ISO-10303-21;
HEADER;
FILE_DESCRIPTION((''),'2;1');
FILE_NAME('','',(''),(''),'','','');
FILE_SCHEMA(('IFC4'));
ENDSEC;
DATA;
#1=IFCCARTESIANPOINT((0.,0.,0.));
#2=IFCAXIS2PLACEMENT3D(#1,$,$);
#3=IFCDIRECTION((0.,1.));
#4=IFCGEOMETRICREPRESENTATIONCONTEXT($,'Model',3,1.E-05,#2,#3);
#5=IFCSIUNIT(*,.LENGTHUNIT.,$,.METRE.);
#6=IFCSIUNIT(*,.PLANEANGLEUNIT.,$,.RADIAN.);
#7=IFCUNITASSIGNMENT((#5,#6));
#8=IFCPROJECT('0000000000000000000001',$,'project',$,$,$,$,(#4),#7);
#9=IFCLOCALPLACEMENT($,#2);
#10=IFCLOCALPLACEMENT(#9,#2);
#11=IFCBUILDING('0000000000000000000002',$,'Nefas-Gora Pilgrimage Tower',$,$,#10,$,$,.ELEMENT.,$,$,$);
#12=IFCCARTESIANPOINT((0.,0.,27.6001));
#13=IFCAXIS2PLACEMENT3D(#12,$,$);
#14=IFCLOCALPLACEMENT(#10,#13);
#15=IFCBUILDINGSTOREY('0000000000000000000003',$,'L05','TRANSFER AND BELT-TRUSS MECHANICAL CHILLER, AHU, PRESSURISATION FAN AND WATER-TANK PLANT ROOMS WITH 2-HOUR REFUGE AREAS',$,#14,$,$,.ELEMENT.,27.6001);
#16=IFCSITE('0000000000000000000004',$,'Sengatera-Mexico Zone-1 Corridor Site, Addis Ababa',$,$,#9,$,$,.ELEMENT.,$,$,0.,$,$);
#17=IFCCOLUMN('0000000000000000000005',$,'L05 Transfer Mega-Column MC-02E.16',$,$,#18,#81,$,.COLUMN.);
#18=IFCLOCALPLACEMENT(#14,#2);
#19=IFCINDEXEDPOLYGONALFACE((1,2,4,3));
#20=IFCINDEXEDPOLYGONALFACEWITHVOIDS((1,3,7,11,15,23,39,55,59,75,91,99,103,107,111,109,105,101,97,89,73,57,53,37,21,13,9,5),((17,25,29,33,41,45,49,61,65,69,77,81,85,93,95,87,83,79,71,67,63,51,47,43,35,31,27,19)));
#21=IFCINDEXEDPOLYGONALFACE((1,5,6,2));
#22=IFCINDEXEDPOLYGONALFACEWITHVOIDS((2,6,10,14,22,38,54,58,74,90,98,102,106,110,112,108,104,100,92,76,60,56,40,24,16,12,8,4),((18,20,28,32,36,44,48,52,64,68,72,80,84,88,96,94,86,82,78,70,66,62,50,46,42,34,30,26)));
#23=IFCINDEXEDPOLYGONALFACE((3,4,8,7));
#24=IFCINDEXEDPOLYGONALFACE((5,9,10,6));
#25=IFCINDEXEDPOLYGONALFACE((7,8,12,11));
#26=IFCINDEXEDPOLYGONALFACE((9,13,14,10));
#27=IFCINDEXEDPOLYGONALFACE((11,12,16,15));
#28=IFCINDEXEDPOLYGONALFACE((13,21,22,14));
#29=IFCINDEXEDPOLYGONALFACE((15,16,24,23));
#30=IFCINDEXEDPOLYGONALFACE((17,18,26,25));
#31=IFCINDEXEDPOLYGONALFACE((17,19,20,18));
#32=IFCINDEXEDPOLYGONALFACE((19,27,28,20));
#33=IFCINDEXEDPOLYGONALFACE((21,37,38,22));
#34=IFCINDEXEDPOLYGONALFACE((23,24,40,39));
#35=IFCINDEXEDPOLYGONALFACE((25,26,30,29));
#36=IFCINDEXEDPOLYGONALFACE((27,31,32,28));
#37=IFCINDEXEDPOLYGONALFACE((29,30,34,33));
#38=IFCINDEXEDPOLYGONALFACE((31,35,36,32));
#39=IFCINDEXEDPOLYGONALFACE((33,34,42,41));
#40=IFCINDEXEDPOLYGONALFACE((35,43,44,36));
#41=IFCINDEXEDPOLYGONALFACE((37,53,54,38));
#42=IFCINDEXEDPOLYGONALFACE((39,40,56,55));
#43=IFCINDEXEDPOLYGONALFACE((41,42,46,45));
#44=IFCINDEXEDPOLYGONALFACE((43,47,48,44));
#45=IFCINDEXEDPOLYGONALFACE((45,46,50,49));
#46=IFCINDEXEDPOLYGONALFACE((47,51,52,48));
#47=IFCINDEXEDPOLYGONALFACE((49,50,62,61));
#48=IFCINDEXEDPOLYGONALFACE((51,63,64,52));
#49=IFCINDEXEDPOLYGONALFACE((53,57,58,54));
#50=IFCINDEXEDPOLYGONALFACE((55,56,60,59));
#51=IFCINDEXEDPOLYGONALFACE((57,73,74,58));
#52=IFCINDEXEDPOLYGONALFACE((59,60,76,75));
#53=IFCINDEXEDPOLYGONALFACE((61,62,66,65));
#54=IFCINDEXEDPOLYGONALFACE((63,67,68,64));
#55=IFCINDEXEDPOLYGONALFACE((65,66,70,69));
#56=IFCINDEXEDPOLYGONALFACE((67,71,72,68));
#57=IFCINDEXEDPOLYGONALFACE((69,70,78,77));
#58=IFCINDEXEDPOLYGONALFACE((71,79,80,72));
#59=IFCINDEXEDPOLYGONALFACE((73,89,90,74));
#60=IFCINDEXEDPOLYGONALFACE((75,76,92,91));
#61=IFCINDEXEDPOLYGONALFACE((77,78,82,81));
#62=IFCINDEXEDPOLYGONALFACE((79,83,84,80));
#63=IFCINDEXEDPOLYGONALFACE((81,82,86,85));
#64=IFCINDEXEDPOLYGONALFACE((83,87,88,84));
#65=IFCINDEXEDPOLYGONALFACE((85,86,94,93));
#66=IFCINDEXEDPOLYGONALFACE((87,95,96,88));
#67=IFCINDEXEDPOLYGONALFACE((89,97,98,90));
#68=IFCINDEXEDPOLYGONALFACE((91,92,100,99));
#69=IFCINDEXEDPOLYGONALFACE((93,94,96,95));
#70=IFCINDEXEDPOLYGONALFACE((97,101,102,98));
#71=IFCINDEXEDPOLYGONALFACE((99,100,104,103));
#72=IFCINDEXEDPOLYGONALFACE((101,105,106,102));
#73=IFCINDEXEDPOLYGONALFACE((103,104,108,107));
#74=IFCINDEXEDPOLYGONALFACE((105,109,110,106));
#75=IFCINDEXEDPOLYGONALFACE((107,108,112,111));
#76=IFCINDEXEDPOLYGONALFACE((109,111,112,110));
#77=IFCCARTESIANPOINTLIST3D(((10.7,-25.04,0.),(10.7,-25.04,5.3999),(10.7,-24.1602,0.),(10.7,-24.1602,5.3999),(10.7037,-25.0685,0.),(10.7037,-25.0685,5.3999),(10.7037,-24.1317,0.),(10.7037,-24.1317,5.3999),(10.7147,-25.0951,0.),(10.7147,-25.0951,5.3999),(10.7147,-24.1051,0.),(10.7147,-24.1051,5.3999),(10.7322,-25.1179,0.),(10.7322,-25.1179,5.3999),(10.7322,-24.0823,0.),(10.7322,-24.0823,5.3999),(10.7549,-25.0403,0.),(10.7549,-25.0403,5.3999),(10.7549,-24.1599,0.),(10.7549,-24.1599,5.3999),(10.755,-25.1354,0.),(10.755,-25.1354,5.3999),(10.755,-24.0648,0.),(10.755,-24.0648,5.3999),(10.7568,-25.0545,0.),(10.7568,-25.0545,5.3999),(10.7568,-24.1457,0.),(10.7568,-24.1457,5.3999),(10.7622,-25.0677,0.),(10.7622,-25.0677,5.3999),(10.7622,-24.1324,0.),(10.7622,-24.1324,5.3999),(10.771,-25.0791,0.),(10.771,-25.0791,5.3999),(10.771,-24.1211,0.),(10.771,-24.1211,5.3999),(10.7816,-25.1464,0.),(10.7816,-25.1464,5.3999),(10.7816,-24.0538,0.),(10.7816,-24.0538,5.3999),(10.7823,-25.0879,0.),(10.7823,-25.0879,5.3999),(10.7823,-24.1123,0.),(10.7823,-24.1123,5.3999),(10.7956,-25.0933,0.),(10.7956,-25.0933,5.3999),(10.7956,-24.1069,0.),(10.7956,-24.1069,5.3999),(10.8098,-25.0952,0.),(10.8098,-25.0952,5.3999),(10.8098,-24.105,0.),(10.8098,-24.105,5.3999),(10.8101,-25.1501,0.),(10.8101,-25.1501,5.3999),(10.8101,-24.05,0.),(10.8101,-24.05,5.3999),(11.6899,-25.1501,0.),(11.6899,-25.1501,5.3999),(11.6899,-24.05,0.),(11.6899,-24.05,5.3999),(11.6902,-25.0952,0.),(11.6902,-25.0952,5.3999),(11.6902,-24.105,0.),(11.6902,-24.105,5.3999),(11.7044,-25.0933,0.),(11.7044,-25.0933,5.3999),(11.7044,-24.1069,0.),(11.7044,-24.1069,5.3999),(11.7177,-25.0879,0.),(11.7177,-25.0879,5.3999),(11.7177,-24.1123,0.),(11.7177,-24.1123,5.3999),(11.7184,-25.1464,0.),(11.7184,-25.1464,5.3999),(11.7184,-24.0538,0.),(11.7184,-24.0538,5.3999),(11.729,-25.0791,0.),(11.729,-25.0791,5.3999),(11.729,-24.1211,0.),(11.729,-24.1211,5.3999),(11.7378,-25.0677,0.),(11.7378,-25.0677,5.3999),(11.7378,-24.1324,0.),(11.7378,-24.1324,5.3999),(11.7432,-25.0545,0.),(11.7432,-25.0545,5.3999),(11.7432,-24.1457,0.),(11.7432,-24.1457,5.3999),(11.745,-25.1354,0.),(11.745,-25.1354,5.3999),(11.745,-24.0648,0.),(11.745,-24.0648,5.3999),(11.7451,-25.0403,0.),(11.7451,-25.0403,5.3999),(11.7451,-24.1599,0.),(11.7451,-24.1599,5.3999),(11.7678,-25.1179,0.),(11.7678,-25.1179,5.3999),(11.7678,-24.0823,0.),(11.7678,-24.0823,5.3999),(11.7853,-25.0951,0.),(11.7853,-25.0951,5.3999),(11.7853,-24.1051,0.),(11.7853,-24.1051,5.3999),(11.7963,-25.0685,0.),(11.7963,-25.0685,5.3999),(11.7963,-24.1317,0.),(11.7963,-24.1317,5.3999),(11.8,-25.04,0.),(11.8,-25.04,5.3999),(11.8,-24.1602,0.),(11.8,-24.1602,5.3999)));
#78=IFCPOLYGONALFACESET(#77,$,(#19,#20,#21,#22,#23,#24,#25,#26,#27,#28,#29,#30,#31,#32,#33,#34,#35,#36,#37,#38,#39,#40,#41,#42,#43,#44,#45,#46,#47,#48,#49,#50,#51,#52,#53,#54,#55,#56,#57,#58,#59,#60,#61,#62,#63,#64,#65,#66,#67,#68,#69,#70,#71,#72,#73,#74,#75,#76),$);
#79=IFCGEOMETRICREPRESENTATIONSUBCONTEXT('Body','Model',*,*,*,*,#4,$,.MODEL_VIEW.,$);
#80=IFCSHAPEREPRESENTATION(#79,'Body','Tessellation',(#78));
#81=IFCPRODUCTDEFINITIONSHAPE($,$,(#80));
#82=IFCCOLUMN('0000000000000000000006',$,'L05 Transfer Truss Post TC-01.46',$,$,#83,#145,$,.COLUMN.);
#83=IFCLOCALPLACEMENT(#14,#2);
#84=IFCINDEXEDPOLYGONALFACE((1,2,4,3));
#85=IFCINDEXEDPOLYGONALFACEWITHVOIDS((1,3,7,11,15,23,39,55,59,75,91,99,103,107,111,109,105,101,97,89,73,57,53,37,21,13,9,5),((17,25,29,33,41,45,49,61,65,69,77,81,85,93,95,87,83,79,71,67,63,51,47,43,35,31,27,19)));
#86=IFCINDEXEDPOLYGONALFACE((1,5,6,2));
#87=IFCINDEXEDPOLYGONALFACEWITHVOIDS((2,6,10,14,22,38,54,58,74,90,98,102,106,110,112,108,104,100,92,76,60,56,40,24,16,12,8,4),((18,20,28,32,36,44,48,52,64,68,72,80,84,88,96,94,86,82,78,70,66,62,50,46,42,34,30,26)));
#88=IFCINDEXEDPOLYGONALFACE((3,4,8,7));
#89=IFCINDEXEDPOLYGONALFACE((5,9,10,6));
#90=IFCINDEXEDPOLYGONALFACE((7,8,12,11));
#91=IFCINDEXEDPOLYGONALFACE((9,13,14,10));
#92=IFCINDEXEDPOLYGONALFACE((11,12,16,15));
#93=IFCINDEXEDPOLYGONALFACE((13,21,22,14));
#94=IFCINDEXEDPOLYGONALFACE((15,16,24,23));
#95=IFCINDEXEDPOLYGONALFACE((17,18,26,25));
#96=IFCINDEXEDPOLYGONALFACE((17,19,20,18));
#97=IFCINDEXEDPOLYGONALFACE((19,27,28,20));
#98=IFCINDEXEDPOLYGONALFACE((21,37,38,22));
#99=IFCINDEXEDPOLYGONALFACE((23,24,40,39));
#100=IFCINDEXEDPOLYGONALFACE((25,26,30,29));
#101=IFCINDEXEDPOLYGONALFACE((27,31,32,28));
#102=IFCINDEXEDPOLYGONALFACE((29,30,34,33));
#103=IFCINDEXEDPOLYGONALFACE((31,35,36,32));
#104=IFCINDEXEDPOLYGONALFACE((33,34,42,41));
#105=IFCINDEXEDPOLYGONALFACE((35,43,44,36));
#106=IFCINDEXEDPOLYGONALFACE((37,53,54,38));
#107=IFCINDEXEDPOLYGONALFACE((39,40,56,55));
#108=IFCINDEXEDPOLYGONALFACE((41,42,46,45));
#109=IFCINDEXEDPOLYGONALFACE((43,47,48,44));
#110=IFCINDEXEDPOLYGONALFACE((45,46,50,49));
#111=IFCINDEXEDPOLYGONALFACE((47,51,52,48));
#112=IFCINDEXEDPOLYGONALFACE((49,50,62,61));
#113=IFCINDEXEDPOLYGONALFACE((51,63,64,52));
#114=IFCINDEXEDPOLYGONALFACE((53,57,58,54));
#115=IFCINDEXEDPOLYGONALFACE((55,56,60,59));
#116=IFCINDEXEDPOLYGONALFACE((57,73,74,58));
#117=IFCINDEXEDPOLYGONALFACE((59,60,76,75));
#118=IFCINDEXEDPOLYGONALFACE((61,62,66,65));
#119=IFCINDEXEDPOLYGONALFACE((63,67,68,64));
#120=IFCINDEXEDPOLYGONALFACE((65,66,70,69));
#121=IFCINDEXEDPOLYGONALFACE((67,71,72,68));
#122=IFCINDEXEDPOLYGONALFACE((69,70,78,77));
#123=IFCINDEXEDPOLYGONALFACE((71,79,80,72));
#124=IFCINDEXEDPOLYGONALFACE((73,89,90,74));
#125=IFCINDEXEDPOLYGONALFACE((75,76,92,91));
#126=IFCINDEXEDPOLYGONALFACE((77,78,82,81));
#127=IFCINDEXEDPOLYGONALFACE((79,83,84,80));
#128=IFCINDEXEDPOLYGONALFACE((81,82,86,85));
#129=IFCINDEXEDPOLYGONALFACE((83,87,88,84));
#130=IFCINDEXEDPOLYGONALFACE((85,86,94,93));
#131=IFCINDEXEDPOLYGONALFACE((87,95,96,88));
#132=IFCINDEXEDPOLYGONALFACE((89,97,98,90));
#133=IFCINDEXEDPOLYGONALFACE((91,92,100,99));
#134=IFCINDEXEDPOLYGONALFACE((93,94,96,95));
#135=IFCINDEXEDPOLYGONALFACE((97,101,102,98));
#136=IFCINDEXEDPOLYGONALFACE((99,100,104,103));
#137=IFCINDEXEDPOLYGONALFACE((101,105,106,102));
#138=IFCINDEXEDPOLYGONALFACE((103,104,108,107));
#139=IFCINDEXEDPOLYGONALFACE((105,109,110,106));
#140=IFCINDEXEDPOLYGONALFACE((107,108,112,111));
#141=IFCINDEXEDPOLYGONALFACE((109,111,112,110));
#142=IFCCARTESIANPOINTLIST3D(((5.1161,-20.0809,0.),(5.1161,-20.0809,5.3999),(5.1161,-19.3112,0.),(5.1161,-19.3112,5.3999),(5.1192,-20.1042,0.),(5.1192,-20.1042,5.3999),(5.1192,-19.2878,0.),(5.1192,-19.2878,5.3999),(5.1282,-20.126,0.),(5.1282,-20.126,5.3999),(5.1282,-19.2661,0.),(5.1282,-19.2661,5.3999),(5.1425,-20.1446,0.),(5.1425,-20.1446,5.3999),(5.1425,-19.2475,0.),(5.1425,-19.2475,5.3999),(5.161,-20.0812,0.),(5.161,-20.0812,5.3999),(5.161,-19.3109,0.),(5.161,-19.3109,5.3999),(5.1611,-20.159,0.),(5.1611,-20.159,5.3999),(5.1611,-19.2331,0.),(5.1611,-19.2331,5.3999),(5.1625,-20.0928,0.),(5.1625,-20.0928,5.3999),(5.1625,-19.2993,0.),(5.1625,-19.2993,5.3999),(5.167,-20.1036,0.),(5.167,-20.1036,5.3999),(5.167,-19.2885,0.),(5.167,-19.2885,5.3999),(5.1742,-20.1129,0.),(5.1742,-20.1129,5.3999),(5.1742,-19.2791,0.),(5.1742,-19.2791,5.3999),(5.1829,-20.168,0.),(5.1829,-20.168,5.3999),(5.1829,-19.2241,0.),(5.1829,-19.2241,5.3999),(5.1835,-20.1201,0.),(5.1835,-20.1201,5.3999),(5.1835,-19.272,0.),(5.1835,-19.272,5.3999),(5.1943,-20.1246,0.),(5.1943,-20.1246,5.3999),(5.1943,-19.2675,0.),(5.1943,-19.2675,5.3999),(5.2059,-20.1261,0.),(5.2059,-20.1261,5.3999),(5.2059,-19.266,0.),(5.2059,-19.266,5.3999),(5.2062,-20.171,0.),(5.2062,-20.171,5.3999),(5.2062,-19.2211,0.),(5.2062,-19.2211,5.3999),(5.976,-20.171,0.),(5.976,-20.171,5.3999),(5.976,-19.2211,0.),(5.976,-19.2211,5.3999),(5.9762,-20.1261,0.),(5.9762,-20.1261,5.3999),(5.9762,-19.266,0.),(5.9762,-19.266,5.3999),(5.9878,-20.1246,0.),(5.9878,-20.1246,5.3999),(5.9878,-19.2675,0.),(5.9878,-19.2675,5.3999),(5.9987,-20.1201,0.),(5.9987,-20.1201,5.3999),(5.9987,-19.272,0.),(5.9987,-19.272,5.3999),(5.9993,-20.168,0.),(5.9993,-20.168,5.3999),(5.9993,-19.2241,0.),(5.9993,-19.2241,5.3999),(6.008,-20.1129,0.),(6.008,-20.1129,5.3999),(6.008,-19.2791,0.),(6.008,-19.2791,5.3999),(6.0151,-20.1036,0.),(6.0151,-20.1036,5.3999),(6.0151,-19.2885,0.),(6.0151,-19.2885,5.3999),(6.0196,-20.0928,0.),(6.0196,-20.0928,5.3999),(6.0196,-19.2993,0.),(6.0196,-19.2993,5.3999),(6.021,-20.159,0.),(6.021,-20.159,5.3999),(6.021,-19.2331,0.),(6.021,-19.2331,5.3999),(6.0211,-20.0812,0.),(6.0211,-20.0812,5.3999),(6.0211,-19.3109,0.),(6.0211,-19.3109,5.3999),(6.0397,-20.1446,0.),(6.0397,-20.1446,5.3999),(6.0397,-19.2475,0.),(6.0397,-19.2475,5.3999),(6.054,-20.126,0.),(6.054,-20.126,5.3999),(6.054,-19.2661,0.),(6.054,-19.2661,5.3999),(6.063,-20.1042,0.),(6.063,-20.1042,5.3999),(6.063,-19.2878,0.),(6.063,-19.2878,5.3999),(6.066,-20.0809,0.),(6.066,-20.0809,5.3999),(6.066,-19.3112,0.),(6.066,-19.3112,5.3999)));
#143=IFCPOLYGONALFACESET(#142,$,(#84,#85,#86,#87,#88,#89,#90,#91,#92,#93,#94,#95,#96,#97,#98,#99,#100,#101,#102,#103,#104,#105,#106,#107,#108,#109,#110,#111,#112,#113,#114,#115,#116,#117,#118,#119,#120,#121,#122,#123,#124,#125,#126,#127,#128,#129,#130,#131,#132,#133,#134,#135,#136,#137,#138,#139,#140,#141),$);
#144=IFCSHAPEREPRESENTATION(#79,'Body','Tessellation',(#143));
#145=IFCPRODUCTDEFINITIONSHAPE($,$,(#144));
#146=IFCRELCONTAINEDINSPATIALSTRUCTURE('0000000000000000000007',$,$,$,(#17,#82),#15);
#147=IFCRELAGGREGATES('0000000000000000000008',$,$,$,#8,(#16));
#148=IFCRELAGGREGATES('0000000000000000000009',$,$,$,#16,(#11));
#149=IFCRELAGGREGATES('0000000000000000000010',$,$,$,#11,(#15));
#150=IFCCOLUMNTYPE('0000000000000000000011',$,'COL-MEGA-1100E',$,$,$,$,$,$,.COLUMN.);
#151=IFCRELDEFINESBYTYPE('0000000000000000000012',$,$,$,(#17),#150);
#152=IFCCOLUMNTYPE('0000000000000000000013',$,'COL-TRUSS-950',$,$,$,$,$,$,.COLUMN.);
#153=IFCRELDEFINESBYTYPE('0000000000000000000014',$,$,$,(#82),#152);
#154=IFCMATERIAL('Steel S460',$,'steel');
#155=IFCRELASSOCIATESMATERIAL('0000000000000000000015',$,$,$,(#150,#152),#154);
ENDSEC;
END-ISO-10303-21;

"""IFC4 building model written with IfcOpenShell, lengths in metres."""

from ifc_helpers import new_model, si_unit, direction, frame, origin, origin_2d, place, context, subcontext, project, spatial, hollow_rectangle, extrude, source, transform, mapped, material, material_profile, profile_set, type_object, element, save


model = new_model("IFC4")

# Units and contexts
model_context = context("Model", 3, precision=1e-05, world=origin(), true_north=direction((0.0, 1.0)))
body_context = subcontext(model_context, "Body", "Model", "MODEL_VIEW")
ifc_project = project(units=[si_unit("LENGTHUNIT", "METRE"), si_unit("PLANEANGLEUNIT", "RADIAN")], contexts=[model_context])

# Site, building, storey
site_placement = place(None, origin())
site = spatial("IfcSite", under=ifc_project, at=site_placement, Name="Sengatera-Mexico Zone-1 Corridor Site, Addis Ababa", CompositionType="ELEMENT", RefElevation=0.0)
building_placement = place(site_placement, origin())
building = spatial("IfcBuilding", under=site, at=building_placement, Name="Nefas-Gora Pilgrimage Tower", CompositionType="ELEMENT")
storey_placement = place(building_placement, frame((0.0, 0.0, 27.6001)))
storey = spatial("IfcBuildingStorey", under=building, at=storey_placement, Name="L05", Description="TRANSFER AND BELT-TRUSS MECHANICAL CHILLER, AHU, PRESSURISATION FAN AND WATER-TANK PLANT ROOMS WITH 2-HOUR REFUGE AREAS", CompositionType="ELEMENT", Elevation=27.6001)

# Columns
ifc_material_1 = material(Name="Steel S460", Category="steel")
ifc_material_profile_1 = material_profile(ifc_material_1, hollow_rectangle(XDim=1.1001, YDim=1.1001, WallThickness=0.0549, InnerFilletRadius=0.0549, OuterFilletRadius=0.1101, at=origin_2d()), Name="BOX 1100x1100x55")
ifc_profile_set_1 = profile_set([ifc_material_profile_1], Name="Steel S460")
column_type_1 = type_object("IfcColumnType", Name="COL-MEGA-1100E", PredefinedType="COLUMN", material=ifc_profile_set_1)
shared_shape_1 = source(origin(), body_context, "Body", "SweptSolid", [
    extrude(hollow_rectangle(XDim=1.1001, YDim=1.1001, WallThickness=0.0549, InnerFilletRadius=0.0549, OuterFilletRadius=0.1101, at=origin_2d()), origin(), (0.0, 0.0, 1.0), 5.3999),
])
column_placement = place(storey_placement, frame((11.25, -24.6001, 0.0), z_axis=(0.0, 0.0, 1.0), x_axis=(1.0, 0.0, 0.0)))
element("IfcColumn", 1, at=column_placement, inside=storey, type_object=column_type_1, Name="L05 Transfer Mega-Column MC-02E.16", PredefinedType="COLUMN", context=body_context, shape_type="MappedRepresentation", body=[
    mapped(shared_shape_1, transform((0.0, 0.0, 0.0), x_axis=(1.0, 0.0, 0.0), y_axis=(0.0, 1.0, 0.0), z_axis=(0.0, 0.0, 1.0), scale=1.0)),
])
ifc_material_profile_2 = material_profile(ifc_material_1, hollow_rectangle(XDim=0.95, YDim=0.95, WallThickness=0.0449, InnerFilletRadius=0.0449, OuterFilletRadius=0.0901, at=origin_2d()), Name="BOX 950x950x45")
ifc_profile_set_2 = profile_set([ifc_material_profile_2], Name="Steel S460")
column_type_2 = type_object("IfcColumnType", Name="COL-TRUSS-950", PredefinedType="COLUMN", material=ifc_profile_set_2)
shared_shape_2 = source(origin(), body_context, "Body", "SweptSolid", [
    extrude(hollow_rectangle(XDim=0.95, YDim=0.95, WallThickness=0.0449, InnerFilletRadius=0.0449, OuterFilletRadius=0.0901, at=origin_2d()), origin(), (0.0, 0.0, 1.0), 5.3999),
])
for number, where, z_axis, x_axis, name in (
    (2, (5.5911, -19.696, 0.0), (0.0, 0.0, 1.0), (1.0, 0.0, 0.0), "L05 Transfer Truss Post TC-01.46"),
):
    element("IfcColumn", number, at=place(storey_placement, frame(where, z_axis=z_axis, x_axis=x_axis)), inside=storey, type_object=column_type_2, Name=name, PredefinedType="COLUMN", context=body_context, shape_type="MappedRepresentation", body=[
        mapped(shared_shape_2, transform((0.0, 0.0, 0.0), x_axis=(1.0, 0.0, 0.0), y_axis=(0.0, 1.0, 0.0), z_axis=(0.0, 0.0, 1.0), scale=1.0)),
    ])

save(model, "model.ifc")
